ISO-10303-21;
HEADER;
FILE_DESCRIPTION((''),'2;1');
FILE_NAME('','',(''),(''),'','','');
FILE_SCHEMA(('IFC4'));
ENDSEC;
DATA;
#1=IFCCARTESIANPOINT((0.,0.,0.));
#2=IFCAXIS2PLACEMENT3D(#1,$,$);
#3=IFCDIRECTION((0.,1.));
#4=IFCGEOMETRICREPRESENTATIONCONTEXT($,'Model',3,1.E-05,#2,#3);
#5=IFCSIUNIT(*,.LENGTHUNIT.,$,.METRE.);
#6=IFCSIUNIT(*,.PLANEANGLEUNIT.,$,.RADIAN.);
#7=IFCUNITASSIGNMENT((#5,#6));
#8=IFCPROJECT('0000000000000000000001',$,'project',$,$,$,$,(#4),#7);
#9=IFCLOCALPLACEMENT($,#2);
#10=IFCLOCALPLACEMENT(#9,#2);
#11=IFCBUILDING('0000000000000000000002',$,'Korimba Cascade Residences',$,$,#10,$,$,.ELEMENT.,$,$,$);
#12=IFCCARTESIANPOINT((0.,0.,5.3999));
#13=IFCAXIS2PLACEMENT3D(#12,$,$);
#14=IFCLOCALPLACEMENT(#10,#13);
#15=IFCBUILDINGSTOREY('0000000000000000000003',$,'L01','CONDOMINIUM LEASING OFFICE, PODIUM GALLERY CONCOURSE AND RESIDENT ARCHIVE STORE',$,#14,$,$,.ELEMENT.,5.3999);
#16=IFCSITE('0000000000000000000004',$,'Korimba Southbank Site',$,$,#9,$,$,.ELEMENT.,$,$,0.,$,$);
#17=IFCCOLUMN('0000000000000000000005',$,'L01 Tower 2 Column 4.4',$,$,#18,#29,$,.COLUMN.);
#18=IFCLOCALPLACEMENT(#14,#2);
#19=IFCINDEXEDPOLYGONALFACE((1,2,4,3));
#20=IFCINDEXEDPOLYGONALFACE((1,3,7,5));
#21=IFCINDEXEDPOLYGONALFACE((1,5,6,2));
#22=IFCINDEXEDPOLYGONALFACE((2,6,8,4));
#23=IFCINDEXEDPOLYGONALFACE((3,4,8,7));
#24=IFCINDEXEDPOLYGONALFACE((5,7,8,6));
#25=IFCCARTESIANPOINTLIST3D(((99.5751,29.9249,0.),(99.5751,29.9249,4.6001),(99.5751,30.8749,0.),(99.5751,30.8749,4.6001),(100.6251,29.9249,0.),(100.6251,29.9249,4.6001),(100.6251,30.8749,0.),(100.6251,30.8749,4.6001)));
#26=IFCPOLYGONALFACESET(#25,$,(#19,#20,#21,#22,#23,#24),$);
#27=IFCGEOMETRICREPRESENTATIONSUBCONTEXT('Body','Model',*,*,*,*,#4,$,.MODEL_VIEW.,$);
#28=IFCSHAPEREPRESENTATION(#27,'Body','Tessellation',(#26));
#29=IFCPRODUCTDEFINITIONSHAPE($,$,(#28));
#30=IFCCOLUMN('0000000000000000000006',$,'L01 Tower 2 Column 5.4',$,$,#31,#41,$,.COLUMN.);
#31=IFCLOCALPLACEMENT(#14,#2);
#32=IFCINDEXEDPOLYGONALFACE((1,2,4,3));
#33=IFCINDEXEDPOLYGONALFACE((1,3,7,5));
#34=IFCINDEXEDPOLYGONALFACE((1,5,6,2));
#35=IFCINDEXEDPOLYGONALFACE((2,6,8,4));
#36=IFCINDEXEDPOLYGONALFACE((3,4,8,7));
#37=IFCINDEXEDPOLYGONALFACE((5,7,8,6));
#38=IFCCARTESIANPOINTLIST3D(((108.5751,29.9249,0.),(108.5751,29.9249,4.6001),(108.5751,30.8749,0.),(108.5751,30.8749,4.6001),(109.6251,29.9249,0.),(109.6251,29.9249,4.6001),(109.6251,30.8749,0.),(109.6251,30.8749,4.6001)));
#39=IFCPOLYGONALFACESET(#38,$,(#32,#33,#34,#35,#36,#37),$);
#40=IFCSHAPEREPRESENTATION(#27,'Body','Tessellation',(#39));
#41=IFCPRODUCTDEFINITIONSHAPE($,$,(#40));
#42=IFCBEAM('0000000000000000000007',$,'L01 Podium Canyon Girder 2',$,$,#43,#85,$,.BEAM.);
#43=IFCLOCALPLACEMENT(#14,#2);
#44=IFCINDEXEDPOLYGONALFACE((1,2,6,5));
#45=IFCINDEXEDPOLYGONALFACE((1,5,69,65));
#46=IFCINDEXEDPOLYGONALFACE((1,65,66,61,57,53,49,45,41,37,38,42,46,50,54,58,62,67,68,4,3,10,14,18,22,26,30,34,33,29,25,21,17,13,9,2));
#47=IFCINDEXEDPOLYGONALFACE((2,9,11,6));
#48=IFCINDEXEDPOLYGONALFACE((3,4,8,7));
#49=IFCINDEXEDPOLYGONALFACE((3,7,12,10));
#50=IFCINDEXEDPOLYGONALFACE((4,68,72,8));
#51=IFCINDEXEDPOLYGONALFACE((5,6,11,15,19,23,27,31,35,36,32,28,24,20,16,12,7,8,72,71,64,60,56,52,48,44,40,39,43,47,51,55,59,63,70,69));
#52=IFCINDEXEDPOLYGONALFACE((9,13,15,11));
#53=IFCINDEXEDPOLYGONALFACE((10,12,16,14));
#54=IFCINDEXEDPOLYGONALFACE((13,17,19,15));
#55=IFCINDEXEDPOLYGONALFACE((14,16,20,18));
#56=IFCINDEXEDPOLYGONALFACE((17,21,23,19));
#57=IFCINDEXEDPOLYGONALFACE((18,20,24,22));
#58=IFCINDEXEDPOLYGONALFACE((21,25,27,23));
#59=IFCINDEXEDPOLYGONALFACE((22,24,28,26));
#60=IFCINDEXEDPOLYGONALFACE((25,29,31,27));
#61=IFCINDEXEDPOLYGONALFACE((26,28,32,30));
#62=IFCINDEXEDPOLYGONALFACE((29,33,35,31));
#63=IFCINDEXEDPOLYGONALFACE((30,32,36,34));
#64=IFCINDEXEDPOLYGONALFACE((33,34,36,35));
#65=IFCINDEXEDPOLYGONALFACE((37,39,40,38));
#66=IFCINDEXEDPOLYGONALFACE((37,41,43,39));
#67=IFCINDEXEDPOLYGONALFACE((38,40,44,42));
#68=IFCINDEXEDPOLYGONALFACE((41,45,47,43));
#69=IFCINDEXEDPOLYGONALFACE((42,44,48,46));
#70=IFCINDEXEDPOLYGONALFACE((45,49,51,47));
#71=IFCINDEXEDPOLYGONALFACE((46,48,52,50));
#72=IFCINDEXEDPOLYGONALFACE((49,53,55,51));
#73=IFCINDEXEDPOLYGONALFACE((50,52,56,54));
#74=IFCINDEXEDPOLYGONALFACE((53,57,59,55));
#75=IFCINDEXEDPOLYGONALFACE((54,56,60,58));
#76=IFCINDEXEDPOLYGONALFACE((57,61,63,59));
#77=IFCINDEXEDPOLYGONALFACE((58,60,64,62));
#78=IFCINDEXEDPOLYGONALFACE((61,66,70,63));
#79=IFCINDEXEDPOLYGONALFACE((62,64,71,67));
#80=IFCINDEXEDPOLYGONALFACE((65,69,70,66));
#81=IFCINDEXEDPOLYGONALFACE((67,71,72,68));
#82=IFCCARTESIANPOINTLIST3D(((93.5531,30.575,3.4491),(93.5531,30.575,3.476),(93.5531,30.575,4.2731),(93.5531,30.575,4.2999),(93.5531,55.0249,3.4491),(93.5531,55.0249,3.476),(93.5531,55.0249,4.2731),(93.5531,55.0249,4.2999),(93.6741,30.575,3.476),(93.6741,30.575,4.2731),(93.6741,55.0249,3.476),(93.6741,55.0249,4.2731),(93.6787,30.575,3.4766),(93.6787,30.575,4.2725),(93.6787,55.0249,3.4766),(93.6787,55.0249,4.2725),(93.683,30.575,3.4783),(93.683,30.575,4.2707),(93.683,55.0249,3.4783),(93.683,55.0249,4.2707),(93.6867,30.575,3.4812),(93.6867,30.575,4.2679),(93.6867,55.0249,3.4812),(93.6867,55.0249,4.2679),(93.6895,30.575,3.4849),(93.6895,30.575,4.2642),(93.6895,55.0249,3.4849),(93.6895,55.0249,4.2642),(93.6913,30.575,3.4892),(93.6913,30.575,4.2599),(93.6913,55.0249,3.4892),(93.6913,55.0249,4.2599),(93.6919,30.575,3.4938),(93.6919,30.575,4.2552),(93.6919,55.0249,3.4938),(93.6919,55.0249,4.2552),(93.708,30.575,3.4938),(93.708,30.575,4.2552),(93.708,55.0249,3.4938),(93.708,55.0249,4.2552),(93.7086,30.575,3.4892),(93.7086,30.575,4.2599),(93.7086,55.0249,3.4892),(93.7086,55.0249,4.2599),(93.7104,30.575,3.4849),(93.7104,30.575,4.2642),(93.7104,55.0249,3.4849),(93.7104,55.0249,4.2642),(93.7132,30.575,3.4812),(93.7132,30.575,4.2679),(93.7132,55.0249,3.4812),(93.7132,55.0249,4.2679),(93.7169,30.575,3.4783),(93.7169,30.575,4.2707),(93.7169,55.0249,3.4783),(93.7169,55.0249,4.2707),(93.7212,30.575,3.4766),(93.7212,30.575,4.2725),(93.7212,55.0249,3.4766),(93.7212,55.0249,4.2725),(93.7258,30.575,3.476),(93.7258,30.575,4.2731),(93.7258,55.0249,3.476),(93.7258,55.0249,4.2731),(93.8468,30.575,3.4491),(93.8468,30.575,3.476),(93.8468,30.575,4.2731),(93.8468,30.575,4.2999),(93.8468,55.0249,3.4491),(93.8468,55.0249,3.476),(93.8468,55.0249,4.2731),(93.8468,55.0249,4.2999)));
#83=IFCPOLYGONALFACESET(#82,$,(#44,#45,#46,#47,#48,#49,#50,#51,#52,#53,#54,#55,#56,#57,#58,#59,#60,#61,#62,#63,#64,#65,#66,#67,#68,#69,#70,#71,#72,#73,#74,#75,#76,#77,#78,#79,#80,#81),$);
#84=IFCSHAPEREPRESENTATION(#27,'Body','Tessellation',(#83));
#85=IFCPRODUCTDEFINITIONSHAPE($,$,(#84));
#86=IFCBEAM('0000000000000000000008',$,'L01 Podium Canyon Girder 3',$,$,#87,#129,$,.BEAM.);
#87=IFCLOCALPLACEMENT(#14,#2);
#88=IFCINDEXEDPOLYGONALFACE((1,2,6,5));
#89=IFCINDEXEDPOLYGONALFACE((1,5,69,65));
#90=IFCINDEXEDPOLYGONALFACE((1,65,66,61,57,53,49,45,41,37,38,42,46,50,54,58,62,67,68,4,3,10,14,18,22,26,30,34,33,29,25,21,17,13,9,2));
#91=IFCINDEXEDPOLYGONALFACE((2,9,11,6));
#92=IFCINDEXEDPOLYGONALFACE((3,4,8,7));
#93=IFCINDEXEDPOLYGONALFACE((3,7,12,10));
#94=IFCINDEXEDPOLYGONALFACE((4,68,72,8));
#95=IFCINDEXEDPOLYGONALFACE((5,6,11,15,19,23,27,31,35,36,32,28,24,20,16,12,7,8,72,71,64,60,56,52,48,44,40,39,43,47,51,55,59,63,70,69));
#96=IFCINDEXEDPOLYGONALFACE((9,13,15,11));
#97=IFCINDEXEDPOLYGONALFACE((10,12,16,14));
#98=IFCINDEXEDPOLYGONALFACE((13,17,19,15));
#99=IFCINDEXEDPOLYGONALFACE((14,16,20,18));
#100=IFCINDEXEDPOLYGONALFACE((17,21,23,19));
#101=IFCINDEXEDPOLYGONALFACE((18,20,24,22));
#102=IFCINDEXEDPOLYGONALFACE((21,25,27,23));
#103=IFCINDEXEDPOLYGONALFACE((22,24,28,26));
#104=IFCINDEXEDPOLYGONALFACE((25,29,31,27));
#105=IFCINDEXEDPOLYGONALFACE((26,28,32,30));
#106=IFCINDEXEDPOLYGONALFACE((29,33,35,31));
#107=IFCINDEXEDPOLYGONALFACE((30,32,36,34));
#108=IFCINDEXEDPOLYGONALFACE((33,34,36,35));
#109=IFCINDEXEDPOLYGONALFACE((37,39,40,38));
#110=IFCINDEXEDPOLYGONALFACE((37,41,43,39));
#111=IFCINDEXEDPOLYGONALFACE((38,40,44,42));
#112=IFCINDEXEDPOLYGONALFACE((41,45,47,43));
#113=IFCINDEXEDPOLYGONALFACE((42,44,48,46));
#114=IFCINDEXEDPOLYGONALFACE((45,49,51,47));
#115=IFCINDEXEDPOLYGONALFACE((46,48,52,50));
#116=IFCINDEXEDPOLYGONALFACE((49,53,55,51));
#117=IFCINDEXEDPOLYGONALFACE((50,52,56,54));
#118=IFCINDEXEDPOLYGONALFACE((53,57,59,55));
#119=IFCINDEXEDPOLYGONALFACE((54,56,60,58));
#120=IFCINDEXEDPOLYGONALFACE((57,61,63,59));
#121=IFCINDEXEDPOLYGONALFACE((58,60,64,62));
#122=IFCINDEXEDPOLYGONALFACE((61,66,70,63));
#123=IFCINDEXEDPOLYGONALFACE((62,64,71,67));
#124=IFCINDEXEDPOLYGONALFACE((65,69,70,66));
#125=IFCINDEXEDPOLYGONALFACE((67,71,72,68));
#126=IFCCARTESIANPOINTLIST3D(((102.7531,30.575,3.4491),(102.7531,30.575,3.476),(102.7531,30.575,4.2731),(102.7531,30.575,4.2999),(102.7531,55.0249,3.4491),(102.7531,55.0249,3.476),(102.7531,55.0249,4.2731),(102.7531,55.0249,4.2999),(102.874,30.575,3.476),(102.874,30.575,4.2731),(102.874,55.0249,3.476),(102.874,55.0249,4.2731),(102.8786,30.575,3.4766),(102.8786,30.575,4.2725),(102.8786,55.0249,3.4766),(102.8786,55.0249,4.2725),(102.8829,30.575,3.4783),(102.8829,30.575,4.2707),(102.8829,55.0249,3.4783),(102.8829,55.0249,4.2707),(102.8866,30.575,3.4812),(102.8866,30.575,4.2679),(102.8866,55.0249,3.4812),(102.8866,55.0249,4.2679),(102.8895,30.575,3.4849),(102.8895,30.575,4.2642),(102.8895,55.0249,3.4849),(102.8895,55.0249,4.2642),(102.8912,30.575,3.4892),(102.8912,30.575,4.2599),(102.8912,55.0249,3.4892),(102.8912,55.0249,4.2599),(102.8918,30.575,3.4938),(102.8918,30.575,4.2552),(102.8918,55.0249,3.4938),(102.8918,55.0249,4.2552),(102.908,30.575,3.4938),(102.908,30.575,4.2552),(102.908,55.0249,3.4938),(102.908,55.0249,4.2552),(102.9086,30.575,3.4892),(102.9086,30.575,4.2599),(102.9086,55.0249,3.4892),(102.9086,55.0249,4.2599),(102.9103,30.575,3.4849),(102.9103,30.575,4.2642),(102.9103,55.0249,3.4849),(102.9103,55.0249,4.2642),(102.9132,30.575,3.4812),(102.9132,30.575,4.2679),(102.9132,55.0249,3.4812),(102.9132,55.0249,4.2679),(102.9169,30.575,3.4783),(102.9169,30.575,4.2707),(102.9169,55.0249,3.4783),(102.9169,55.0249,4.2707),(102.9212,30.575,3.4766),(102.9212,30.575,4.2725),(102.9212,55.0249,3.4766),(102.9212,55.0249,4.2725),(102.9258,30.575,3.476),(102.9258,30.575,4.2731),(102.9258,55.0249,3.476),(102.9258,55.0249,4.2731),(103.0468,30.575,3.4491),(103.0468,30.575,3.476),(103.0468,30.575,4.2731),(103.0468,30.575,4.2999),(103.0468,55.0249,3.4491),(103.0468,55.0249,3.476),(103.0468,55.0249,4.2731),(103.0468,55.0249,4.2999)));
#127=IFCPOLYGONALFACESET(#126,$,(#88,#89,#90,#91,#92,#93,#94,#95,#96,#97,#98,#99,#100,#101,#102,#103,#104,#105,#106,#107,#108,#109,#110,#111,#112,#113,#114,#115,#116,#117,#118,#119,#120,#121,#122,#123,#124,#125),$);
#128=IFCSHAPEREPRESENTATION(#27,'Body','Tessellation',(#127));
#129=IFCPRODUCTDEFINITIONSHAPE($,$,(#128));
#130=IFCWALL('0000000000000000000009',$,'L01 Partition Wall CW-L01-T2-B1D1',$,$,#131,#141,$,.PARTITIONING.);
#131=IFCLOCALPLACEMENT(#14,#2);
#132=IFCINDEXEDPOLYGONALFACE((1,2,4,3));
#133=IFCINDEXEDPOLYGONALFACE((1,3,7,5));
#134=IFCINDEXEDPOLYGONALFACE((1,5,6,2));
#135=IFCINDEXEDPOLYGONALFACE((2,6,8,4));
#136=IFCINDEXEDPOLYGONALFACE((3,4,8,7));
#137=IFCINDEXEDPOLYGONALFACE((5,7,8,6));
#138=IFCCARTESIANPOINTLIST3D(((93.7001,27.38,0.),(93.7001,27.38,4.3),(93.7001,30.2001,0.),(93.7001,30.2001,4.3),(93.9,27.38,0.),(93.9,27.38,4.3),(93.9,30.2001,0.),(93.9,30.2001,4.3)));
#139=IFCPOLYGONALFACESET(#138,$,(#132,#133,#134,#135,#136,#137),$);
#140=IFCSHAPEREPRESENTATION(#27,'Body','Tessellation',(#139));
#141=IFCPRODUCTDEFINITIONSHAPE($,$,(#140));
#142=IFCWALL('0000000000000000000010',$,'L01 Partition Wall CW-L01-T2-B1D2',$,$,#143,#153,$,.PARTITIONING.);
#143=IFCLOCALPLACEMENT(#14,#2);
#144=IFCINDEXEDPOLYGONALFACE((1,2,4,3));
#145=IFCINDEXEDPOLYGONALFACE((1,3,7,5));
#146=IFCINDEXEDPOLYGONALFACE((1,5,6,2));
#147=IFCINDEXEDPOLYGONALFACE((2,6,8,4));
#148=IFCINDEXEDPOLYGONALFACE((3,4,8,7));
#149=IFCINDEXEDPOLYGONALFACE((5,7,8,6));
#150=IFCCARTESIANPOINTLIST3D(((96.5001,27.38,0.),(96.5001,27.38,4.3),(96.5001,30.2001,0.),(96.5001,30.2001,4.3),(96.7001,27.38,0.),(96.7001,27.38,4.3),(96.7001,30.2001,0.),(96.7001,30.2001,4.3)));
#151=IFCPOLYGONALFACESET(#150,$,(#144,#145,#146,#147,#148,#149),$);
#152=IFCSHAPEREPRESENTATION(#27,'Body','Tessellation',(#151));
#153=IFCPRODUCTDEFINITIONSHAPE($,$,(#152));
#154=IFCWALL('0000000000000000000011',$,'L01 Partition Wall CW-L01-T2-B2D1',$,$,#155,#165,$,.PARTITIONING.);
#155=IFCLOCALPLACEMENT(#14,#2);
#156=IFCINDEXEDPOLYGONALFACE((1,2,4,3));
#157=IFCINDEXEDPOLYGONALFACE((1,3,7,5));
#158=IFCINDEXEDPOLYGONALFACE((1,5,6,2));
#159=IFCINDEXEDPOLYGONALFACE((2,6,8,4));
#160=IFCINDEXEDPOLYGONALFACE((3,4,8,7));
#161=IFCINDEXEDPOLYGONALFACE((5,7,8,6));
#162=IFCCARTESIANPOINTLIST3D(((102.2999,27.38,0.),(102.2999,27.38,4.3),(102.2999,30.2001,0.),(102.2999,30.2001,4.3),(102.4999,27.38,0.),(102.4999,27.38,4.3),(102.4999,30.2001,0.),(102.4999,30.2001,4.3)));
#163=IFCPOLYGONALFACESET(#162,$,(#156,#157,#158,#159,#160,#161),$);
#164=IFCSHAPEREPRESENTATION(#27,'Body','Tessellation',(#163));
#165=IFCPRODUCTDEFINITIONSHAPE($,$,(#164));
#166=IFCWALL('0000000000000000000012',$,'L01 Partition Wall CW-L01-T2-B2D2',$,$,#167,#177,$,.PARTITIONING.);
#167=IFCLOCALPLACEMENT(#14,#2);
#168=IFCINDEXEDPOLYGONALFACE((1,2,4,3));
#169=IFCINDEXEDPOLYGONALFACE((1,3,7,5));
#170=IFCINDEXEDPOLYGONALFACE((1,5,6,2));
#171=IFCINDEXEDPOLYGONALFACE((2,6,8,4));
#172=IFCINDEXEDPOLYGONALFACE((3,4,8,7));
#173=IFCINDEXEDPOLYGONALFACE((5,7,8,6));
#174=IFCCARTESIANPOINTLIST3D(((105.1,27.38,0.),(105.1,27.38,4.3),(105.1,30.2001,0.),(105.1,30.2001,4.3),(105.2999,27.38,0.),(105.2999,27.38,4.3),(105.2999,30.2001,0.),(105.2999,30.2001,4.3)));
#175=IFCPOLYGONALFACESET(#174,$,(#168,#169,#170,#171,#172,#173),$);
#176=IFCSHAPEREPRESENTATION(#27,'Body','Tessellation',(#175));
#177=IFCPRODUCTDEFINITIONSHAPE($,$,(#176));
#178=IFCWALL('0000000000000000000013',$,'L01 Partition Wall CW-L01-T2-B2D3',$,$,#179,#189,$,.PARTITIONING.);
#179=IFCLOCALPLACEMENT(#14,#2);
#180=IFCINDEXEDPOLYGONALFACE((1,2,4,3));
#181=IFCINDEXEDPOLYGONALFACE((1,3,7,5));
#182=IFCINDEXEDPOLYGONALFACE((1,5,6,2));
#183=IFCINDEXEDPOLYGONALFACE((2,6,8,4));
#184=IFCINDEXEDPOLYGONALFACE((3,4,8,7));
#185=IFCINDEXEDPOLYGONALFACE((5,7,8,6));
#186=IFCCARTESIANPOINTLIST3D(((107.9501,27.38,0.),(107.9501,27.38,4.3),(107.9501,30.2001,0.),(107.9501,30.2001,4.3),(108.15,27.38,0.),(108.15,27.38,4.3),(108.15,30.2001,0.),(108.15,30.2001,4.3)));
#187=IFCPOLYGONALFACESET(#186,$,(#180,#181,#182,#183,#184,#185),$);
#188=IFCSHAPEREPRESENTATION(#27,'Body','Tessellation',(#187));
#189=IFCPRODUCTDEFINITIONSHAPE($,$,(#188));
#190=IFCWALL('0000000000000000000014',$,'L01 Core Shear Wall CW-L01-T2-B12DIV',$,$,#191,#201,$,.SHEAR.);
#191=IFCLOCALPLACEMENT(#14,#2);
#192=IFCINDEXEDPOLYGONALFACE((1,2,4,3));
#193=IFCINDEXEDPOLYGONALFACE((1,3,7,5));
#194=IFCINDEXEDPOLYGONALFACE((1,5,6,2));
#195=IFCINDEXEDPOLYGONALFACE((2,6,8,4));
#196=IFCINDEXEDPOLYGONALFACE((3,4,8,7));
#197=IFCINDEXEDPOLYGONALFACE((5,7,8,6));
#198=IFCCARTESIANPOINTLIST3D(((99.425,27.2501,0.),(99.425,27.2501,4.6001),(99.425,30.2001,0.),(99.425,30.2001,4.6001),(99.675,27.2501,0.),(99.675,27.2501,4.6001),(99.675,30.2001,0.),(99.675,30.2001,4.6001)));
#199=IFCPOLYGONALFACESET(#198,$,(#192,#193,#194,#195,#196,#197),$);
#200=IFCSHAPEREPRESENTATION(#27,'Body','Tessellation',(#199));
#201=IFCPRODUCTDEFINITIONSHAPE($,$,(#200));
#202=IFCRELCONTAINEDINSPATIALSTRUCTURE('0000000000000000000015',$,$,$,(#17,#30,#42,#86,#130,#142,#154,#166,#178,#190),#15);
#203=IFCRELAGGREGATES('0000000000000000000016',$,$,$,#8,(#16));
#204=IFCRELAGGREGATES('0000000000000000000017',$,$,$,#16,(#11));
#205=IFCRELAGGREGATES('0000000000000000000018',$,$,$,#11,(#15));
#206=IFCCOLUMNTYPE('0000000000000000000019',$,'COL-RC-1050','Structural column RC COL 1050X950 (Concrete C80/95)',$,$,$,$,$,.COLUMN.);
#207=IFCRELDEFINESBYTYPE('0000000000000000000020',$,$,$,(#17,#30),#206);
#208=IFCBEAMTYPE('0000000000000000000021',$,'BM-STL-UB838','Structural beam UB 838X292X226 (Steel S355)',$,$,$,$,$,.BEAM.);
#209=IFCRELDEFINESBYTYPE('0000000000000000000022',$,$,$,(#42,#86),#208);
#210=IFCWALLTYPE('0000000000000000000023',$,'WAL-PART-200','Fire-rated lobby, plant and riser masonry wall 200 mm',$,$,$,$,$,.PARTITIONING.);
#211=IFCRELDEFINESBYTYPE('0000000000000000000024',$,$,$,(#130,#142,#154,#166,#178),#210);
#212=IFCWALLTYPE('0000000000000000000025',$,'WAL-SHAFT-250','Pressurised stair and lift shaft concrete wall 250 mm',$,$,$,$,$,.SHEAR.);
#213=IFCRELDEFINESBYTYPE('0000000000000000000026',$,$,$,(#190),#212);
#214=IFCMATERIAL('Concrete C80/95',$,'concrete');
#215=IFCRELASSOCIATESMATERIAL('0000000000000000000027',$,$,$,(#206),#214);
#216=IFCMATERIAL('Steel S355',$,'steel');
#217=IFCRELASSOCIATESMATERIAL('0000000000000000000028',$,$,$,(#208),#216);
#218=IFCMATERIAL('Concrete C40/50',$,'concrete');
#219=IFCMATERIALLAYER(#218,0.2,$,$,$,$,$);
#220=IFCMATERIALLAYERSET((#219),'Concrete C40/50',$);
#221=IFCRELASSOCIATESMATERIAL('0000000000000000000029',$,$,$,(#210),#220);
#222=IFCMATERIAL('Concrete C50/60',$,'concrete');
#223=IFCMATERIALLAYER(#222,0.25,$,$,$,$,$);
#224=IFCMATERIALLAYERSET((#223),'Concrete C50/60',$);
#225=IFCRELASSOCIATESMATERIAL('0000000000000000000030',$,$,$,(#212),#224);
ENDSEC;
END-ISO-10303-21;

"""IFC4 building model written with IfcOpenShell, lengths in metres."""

from ifc_helpers import new_model, si_unit, direction, frame, frame_2d, origin, origin_2d, place, context, subcontext, project, spatial, rectangle, i_section, extrude, material, layer, layer_set, material_profile, profile_set, type_object, element, save


model = new_model("IFC4")

# Units and contexts
model_context = context("Model", 3, precision=1e-05, world=origin(), true_north=direction((0.0, 1.0)))
body_context = subcontext(model_context, "Body", "Model", "MODEL_VIEW")
ifc_project = project(units=[si_unit("LENGTHUNIT", "METRE"), si_unit("PLANEANGLEUNIT", "RADIAN")], contexts=[model_context])

# Site, building, storey
site_placement = place(None, origin())
site = spatial("IfcSite", under=ifc_project, at=site_placement, Name="Korimba Southbank Site", CompositionType="ELEMENT", RefElevation=0.0)
building_placement = place(site_placement, origin())
building = spatial("IfcBuilding", under=site, at=building_placement, Name="Korimba Cascade Residences", CompositionType="ELEMENT")
storey_placement = place(building_placement, frame((0.0, 0.0, 5.3999)))
storey = spatial("IfcBuildingStorey", under=building, at=storey_placement, Name="L01", Description="CONDOMINIUM LEASING OFFICE, PODIUM GALLERY CONCOURSE AND RESIDENT ARCHIVE STORE", CompositionType="ELEMENT", Elevation=5.3999)

# Columns
ifc_material_1 = material(Name="Concrete C80/95", Category="concrete")
ifc_material_profile_1 = material_profile(ifc_material_1, rectangle(XDim=1.05, YDim=0.95, at=origin_2d()), Name="Concrete C80/95")
ifc_profile_set_1 = profile_set([ifc_material_profile_1], Name="Concrete C80/95")
column_type = type_object("IfcColumnType", Name="COL-RC-1050", Description="Structural column RC COL 1050X950 (Concrete C80/95)", PredefinedType="COLUMN", material=ifc_profile_set_1)
for number, where, z_axis, x_axis, name in (
    (1, (100.1001, 30.3999, 0.0), (0.0, 0.0, 1.0), (1.0, 0.0, 0.0), "L01 Tower 2 Column 4.4"),
    (2, (109.1001, 30.3999, 0.0), (0.0, 0.0, 1.0), (1.0, 0.0, 0.0), "L01 Tower 2 Column 5.4"),
):
    element("IfcColumn", number, at=place(storey_placement, frame(where, z_axis=z_axis, x_axis=x_axis)), inside=storey, type_object=column_type, Name=name, PredefinedType="COLUMN", context=body_context, shape_type="SweptSolid", body=[
        extrude(rectangle(XDim=1.05, YDim=0.95, at=origin_2d()), origin(), (0.0, 0.0, 1.0), 4.6001),
    ])

# Beams
ifc_material_2 = material(Name="Steel S355", Category="steel")
ifc_material_profile_2 = material_profile(ifc_material_2, i_section(OverallWidth=0.2937, OverallDepth=0.8508, WebThickness=0.0161, FlangeThickness=0.0269, FilletRadius=0.0178, at=origin_2d()), Name="Steel S355")
ifc_profile_set_2 = profile_set([ifc_material_profile_2], Name="Steel S355")
beam_type = type_object("IfcBeamType", Name="BM-STL-UB838", Description="Structural beam UB 838X292X226 (Steel S355)", PredefinedType="BEAM", material=ifc_profile_set_2)
for number, where, z_axis, x_axis, name in (
    (3, (93.7, 30.575, 3.8745), (0.0, 1.0, 0.0), (-1.0, 0.0, 0.0), "L01 Podium Canyon Girder 2"),
    (4, (102.8999, 30.575, 3.8745), (0.0, 1.0, 0.0), (-1.0, 0.0, 0.0), "L01 Podium Canyon Girder 3"),
):
    element("IfcBeam", number, at=place(storey_placement, frame(where, z_axis=z_axis, x_axis=x_axis)), inside=storey, type_object=beam_type, Name=name, PredefinedType="BEAM", context=body_context, shape_type="SweptSolid", body=[
        extrude(i_section(OverallWidth=0.2937, OverallDepth=0.8508, WebThickness=0.0161, FlangeThickness=0.0269, FilletRadius=0.0178, at=origin_2d()), origin(), (0.0, 0.0, 1.0), 24.45),
    ])

# Walls
ifc_material_3 = material(Name="Concrete C40/50", Category="concrete")
ifc_layer_1 = layer(ifc_material_3, 0.2)
ifc_layer_set_1 = layer_set([ifc_layer_1], Name="Concrete C40/50")
wall_type_1 = type_object("IfcWallType", Name="WAL-PART-200", Description="Fire-rated lobby, plant and riser masonry wall 200 mm", PredefinedType="PARTITIONING", material=ifc_layer_set_1)
for number, where, z_axis, x_axis, name in (
    (5, (93.8, 27.3799, 0.0), (0.0, 0.0, 1.0), (0.0, 1.0, 0.0), "L01 Partition Wall CW-L01-T2-B1D1"),
    (6, (96.6001, 27.3799, 0.0), (0.0, 0.0, 1.0), (0.0, 1.0, 0.0), "L01 Partition Wall CW-L01-T2-B1D2"),
    (7, (102.3999, 27.3799, 0.0), (0.0, 0.0, 1.0), (0.0, 1.0, 0.0), "L01 Partition Wall CW-L01-T2-B2D1"),
    (8, (105.2, 27.3799, 0.0), (0.0, 0.0, 1.0), (0.0, 1.0, 0.0), "L01 Partition Wall CW-L01-T2-B2D2"),
    (9, (108.05, 27.3799, 0.0), (0.0, 0.0, 1.0), (0.0, 1.0, 0.0), "L01 Partition Wall CW-L01-T2-B2D3"),
):
    element("IfcWall", number, at=place(storey_placement, frame(where, z_axis=z_axis, x_axis=x_axis)), inside=storey, type_object=wall_type_1, Name=name, PredefinedType="PARTITIONING", context=body_context, shape_type="SweptSolid", body=[
        extrude(rectangle(XDim=2.8201, YDim=0.2, at=frame_2d((1.4102, 0.0))), origin(), (0.0, 0.0, 1.0), 4.3),
    ])
ifc_material_4 = material(Name="Concrete C50/60", Category="concrete")
ifc_layer_2 = layer(ifc_material_4, 0.25)
ifc_layer_set_2 = layer_set([ifc_layer_2], Name="Concrete C50/60")
wall_type_2 = type_object("IfcWallType", Name="WAL-SHAFT-250", Description="Pressurised stair and lift shaft concrete wall 250 mm", PredefinedType="SHEAR", material=ifc_layer_set_2)
wall_1_placement = place(storey_placement, frame((99.55, 27.25, 0.0), z_axis=(0.0, 0.0, 1.0), x_axis=(0.0, 1.0, 0.0)))
element("IfcWall", 10, at=wall_1_placement, inside=storey, type_object=wall_type_2, Name="L01 Core Shear Wall CW-L01-T2-B12DIV", PredefinedType="SHEAR", context=body_context, shape_type="SweptSolid", body=[
    extrude(rectangle(XDim=2.95, YDim=0.25, at=frame_2d((1.4751, 0.0))), origin(), (0.0, 0.0, 1.0), 4.6001),
])

save(model, "model.ifc")
